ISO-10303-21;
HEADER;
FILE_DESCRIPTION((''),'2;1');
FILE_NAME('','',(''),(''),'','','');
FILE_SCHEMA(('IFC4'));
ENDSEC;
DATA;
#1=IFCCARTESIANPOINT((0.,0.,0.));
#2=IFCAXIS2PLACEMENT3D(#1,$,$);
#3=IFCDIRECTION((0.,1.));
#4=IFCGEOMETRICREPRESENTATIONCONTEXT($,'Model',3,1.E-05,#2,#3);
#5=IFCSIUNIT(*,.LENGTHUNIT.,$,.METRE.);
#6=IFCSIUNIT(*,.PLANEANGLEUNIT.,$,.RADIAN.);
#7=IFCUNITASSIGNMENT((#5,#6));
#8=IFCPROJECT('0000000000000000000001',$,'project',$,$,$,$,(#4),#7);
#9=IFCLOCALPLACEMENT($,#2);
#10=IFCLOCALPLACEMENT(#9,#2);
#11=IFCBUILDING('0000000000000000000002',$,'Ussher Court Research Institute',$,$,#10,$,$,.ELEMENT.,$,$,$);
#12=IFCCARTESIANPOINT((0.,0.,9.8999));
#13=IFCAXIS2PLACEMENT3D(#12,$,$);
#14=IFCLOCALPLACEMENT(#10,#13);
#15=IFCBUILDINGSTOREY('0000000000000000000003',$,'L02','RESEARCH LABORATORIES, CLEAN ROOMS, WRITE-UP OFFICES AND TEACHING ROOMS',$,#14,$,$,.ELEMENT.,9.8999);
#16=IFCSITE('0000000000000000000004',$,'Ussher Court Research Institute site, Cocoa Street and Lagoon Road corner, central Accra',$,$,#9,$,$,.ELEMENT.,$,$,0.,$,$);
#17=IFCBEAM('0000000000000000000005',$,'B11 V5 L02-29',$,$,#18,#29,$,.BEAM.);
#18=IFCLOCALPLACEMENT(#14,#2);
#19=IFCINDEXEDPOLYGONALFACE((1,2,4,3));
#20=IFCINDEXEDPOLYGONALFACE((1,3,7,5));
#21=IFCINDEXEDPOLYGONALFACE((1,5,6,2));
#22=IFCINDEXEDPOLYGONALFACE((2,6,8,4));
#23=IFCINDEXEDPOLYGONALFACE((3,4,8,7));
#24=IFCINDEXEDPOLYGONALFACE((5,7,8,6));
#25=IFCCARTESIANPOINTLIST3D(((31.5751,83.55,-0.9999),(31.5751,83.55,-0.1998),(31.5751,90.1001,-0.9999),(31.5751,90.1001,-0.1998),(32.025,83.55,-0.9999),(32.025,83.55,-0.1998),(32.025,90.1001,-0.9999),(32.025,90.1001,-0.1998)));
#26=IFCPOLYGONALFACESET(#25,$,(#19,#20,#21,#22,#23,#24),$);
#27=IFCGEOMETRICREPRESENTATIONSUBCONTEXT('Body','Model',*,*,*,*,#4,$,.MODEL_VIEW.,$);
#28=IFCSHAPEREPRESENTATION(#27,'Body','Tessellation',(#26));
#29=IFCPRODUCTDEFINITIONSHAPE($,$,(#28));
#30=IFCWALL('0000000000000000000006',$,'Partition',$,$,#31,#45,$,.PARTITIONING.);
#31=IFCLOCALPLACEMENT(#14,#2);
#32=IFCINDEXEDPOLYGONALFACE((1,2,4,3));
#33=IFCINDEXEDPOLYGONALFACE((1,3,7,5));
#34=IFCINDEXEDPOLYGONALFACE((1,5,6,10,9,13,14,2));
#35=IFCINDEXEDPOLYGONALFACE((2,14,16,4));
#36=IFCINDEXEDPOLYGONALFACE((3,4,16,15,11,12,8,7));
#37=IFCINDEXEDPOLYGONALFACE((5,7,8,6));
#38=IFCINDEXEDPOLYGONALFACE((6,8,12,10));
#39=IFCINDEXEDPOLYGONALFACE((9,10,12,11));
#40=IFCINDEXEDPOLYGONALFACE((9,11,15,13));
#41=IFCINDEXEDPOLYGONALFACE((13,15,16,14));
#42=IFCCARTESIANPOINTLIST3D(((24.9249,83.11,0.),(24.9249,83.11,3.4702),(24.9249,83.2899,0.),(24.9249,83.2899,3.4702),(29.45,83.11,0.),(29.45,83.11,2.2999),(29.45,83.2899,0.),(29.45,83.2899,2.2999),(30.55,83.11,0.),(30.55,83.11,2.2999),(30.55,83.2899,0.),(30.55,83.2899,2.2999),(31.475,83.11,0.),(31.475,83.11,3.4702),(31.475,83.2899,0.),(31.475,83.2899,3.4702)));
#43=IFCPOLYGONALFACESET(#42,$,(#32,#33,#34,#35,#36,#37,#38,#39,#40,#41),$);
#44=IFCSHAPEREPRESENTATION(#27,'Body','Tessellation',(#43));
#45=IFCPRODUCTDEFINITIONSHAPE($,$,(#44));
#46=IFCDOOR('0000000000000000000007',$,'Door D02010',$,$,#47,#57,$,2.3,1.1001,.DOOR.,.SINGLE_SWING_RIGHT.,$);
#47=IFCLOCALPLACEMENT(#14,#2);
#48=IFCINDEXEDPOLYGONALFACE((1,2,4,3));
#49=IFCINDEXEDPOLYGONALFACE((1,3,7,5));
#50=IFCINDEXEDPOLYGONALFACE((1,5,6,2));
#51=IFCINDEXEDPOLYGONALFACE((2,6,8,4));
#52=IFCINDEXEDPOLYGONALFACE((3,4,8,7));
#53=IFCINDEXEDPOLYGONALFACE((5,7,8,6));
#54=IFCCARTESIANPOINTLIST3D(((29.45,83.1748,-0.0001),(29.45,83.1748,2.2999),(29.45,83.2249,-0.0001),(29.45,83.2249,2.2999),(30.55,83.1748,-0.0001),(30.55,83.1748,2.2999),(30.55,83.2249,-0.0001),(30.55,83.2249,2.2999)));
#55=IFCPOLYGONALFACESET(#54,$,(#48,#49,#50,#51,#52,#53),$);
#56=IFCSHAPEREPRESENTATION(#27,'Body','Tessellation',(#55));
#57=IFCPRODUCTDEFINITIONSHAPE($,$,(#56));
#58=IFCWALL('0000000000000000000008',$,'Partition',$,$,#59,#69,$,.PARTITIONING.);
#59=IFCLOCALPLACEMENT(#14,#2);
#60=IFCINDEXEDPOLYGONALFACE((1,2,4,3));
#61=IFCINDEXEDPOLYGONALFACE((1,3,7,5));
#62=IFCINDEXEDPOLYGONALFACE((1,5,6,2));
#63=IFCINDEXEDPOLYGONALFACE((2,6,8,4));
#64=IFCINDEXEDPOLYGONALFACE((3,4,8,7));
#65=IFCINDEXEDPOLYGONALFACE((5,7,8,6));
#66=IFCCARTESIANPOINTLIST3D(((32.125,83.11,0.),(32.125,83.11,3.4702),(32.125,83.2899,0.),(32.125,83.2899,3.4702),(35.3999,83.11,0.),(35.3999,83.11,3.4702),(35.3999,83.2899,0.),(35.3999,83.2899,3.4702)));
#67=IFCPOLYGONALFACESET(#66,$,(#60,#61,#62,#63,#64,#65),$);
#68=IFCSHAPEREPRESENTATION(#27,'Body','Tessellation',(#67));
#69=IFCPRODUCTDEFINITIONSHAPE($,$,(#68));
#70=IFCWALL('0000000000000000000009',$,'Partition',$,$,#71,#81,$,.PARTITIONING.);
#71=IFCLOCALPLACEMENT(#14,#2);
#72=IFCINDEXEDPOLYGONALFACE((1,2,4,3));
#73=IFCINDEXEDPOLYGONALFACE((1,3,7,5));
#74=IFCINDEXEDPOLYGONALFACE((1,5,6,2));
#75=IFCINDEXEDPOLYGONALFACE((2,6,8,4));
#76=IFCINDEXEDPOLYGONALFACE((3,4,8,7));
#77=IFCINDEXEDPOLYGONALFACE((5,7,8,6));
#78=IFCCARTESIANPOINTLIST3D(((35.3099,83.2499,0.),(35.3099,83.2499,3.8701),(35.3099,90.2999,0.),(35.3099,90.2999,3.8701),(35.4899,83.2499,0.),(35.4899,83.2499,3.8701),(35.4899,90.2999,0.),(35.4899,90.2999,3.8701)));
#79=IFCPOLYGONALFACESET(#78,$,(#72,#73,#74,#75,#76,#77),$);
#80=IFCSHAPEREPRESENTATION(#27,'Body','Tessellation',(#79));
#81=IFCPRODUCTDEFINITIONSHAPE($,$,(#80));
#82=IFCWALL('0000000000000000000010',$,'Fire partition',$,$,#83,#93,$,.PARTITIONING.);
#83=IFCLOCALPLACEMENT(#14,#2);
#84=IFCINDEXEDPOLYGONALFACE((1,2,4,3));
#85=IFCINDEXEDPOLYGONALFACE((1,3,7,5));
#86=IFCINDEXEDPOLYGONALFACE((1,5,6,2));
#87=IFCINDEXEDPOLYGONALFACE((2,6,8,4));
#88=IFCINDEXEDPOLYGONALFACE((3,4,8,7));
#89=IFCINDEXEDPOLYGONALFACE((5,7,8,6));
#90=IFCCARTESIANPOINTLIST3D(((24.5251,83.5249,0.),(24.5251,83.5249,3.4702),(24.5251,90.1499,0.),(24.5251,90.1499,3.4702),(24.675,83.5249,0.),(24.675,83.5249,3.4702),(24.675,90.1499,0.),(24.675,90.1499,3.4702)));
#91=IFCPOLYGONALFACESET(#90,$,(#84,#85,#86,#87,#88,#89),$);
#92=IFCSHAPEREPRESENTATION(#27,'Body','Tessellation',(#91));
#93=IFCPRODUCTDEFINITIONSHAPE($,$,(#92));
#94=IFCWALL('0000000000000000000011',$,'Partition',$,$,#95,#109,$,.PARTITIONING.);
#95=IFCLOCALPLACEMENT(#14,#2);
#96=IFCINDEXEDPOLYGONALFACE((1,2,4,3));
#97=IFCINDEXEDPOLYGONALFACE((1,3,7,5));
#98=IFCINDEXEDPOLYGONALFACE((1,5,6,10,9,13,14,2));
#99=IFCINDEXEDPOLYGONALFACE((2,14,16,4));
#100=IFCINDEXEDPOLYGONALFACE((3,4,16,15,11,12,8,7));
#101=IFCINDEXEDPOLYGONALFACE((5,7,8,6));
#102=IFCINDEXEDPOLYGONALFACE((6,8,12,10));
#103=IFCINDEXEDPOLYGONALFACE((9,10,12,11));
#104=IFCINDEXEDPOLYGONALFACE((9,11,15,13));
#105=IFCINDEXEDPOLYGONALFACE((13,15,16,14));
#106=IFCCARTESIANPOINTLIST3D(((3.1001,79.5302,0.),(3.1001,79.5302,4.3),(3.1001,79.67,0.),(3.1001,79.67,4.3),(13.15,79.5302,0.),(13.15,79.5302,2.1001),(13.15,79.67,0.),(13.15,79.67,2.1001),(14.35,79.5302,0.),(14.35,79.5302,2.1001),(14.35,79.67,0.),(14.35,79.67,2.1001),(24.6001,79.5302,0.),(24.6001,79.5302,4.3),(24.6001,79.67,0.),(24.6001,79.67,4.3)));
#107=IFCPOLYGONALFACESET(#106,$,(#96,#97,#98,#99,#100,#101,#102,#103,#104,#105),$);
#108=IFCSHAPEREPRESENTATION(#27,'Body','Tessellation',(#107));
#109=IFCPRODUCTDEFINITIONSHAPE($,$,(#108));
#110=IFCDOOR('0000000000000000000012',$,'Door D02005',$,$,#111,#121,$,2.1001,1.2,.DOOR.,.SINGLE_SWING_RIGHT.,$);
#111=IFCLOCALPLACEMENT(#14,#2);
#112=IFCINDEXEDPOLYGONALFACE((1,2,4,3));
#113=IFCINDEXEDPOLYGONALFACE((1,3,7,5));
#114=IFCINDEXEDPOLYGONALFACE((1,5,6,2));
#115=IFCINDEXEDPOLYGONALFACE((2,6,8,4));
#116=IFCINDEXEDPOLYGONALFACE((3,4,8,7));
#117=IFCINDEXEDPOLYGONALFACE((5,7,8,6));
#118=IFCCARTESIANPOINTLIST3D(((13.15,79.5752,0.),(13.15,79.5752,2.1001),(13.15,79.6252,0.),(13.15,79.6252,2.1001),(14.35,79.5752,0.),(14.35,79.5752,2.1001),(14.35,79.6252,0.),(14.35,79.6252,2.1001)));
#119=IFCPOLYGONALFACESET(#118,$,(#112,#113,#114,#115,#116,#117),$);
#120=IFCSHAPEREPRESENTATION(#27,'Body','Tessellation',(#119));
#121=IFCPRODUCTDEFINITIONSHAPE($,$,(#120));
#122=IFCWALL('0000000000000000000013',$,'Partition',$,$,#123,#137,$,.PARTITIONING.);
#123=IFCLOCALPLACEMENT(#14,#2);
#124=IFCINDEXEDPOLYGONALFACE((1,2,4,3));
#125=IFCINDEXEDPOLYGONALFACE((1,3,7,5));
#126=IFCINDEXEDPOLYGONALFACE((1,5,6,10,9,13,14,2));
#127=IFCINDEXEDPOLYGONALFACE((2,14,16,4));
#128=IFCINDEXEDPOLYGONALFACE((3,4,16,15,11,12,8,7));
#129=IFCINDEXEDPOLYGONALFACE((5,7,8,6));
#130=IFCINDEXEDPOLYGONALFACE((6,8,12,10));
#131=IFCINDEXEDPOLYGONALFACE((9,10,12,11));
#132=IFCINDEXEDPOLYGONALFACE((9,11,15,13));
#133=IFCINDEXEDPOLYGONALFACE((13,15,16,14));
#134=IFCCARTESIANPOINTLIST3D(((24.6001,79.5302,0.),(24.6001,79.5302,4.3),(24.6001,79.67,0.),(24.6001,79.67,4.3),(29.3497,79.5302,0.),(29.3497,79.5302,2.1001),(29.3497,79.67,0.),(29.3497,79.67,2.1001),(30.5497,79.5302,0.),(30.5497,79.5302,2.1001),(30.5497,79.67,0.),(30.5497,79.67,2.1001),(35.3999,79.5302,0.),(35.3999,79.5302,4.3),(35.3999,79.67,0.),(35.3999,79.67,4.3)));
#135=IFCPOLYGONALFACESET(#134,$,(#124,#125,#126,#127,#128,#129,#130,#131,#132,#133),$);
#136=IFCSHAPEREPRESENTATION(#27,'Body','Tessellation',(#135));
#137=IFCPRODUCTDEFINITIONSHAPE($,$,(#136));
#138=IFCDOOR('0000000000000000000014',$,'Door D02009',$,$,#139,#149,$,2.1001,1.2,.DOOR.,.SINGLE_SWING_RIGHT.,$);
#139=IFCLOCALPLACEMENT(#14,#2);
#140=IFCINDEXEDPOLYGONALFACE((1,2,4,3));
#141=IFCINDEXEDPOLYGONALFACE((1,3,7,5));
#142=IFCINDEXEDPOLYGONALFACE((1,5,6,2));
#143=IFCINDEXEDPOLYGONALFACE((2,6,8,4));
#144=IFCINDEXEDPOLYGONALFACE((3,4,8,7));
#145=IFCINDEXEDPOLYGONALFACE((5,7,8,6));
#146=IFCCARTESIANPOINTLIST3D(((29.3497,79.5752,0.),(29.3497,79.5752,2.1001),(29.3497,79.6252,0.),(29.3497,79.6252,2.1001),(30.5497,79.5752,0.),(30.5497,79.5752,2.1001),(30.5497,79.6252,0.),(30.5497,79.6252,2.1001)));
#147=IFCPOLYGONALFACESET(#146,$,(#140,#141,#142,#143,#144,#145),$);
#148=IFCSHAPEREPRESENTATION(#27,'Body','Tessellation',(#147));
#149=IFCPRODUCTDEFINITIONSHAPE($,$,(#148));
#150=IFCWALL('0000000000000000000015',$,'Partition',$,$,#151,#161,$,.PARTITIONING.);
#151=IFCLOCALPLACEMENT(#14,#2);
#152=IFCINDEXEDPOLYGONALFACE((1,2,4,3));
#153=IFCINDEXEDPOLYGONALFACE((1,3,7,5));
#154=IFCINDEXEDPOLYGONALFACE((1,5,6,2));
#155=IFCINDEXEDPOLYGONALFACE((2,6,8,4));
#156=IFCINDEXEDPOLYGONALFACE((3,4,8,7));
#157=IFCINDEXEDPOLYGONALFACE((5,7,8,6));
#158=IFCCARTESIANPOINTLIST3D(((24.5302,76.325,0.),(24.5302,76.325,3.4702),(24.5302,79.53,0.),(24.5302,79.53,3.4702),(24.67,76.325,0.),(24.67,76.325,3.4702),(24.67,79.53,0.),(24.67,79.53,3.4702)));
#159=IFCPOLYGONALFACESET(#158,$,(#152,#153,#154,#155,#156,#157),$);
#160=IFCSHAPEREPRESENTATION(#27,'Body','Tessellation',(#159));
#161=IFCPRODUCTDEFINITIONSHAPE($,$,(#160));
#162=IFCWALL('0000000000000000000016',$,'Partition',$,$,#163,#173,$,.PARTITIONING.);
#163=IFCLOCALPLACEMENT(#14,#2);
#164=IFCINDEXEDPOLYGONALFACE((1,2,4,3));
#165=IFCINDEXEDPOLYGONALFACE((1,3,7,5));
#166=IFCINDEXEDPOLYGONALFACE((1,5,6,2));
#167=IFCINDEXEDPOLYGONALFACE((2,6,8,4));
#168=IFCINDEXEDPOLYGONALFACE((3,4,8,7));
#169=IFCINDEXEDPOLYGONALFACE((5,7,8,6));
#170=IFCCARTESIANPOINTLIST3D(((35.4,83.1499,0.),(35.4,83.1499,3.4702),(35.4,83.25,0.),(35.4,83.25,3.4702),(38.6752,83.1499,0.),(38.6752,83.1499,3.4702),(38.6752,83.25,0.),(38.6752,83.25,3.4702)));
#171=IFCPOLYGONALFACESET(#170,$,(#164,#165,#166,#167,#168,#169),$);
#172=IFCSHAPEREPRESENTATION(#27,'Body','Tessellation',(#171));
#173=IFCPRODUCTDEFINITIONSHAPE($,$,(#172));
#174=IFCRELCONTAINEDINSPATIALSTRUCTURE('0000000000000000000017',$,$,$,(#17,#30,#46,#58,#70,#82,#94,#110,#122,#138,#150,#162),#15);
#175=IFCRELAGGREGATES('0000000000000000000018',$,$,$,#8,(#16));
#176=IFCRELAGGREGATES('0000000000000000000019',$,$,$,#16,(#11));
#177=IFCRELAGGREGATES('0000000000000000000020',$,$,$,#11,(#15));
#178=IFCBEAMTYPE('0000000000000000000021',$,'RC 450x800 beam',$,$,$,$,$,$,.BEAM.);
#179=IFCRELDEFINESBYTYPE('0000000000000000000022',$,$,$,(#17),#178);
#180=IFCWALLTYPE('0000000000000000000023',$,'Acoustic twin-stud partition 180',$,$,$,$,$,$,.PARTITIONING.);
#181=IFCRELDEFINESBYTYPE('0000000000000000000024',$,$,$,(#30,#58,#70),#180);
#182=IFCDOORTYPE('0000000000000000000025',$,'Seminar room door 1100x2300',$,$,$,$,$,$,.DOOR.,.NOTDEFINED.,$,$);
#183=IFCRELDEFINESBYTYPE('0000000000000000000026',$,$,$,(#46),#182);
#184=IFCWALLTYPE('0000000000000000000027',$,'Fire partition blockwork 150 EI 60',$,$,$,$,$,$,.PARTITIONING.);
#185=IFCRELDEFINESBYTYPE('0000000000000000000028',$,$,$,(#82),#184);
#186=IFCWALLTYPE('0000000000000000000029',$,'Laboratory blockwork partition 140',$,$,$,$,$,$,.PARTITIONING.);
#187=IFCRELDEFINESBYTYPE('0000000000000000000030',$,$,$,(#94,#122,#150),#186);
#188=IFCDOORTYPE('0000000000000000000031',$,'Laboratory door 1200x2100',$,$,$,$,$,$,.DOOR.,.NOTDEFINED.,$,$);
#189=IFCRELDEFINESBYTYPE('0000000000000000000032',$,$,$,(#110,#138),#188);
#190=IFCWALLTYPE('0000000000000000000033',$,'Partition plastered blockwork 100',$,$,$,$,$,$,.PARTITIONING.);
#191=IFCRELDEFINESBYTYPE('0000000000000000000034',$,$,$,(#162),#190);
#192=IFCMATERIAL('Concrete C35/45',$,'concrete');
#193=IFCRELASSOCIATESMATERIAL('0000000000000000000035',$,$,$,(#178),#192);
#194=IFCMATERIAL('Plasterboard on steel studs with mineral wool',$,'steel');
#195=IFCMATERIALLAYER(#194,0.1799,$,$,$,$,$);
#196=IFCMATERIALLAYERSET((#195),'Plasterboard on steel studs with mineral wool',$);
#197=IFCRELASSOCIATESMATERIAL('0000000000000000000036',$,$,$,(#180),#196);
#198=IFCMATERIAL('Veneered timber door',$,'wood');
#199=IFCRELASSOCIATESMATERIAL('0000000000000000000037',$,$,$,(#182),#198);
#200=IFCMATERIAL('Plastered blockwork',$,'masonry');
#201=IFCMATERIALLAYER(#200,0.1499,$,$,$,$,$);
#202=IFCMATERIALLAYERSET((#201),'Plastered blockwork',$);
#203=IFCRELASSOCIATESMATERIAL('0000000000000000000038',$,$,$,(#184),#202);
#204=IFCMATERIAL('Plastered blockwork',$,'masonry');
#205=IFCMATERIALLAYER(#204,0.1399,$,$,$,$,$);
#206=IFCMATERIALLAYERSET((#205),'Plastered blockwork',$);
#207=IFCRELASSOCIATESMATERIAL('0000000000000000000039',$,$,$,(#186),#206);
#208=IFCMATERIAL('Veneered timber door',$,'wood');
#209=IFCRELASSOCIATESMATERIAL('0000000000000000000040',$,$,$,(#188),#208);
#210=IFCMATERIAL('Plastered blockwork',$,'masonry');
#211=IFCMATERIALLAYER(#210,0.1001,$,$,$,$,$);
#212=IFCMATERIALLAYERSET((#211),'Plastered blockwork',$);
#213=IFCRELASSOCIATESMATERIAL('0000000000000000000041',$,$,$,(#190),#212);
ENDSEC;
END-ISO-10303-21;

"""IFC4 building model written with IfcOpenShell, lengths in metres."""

from ifc_helpers import new_model, si_unit, direction, frame, frame_2d, origin, origin_2d, place, context, subcontext, project, spatial, rectangle, extrude, material, layer, layer_set, material_profile, profile_set, type_object, element, fill, save


model = new_model("IFC4")

# Units and contexts
model_context = context("Model", 3, precision=1e-05, world=origin(), true_north=direction((0.0, 1.0)))
body_context = subcontext(model_context, "Body", "Model", "MODEL_VIEW")
ifc_project = project(units=[si_unit("LENGTHUNIT", "METRE"), si_unit("PLANEANGLEUNIT", "RADIAN")], contexts=[model_context])

# Site, building, storey
site_placement = place(None, origin())
site = spatial("IfcSite", under=ifc_project, at=site_placement, Name="Ussher Court Research Institute site, Cocoa Street and Lagoon Road corner, central Accra", CompositionType="ELEMENT", RefElevation=0.0)
building_placement = place(site_placement, origin())
building = spatial("IfcBuilding", under=site, at=building_placement, Name="Ussher Court Research Institute", CompositionType="ELEMENT")
storey_placement = place(building_placement, frame((0.0, 0.0, 9.8999)))
storey = spatial("IfcBuildingStorey", under=building, at=storey_placement, Name="L02", Description="RESEARCH LABORATORIES, CLEAN ROOMS, WRITE-UP OFFICES AND TEACHING ROOMS", CompositionType="ELEMENT", Elevation=9.8999)

# Beam
ifc_material_1 = material(Name="Concrete C35/45", Category="concrete")
ifc_material_profile_1 = material_profile(ifc_material_1, rectangle(XDim=0.45, YDim=0.8, at=origin_2d()), Name="RC 450x800")
ifc_profile_set_1 = profile_set([ifc_material_profile_1], Name="Concrete C35/45")
beam_type_1 = type_object("IfcBeamType", Name="RC 450x800 beam", PredefinedType="BEAM", material=ifc_profile_set_1)
beam_1_placement = place(storey_placement, frame((31.8, 83.55, -0.5999), z_axis=(0.0, 1.0, 0.0), x_axis=(-1.0, 0.0, 0.0)))
element("IfcBeam", 1, at=beam_1_placement, inside=storey, type_object=beam_type_1, Name="B11 V5 L02-29", PredefinedType="BEAM", context=body_context, shape_type="SweptSolid", body=[
    extrude(rectangle(XDim=0.45, YDim=0.8, at=origin_2d()), origin(), (0.0, 0.0, 1.0), 6.55),
])

# Wall, opening, door
ifc_material_2 = material(Name="Plasterboard on steel studs with mineral wool", Category="steel")
ifc_layer_1 = layer(ifc_material_2, 0.1799)
ifc_layer_set_1 = layer_set([ifc_layer_1], Name="Plasterboard on steel studs with mineral wool")
wall_type_1 = type_object("IfcWallType", Name="Acoustic twin-stud partition 180", PredefinedType="PARTITIONING", material=ifc_layer_set_1)
wall_1_placement = place(storey_placement, frame((24.925, 83.2, 0.0), z_axis=(0.0, 0.0, 1.0), x_axis=(1.0, 0.0, 0.0)))
wall_1 = element("IfcWall", 2, at=wall_1_placement, inside=storey, type_object=wall_type_1, Name="Partition", PredefinedType="PARTITIONING", context=body_context, shape_type="SweptSolid", body=[
    extrude(rectangle(XDim=6.55, YDim=0.1799, at=frame_2d((3.2749, 0.0))), origin(), (0.0, 0.0, 1.0), 3.4702),
])
opening_1_placement = place(wall_1_placement, frame((4.5249, 0.0, 0.0)))
opening_1 = element("IfcOpeningElement", 3, at=opening_1_placement, cuts=wall_1, PredefinedType="OPENING", context=body_context, shape_type="SweptSolid", body=[
    extrude(rectangle(XDim=1.1001, YDim=2.3, at=frame_2d((0.55, 1.1499))), frame((0.0, 0.1001, 0.0), z_axis=(0.0, -1.0, 0.0), x_axis=(1.0, 0.0, 0.0)), (0.0, 0.0, 1.0), 0.2),
])
ifc_material_3 = material(Name="Veneered timber door", Category="wood")
door_type_1 = type_object("IfcDoorType", Name="Seminar room door 1100x2300", OperationType="NOTDEFINED", PredefinedType="DOOR", material=ifc_material_3)
door_1_placement = place(opening_1_placement, origin())
door_1 = element("IfcDoor", 4, at=door_1_placement, inside=storey, type_object=door_type_1, Name="Door D02010", OperationType="SINGLE_SWING_RIGHT", OverallHeight=2.3, OverallWidth=1.1001, PredefinedType="DOOR", context=body_context, shape_type="SweptSolid", body=[
    extrude(rectangle(XDim=1.1001, YDim=2.3, at=frame_2d((0.55, 1.1499))), frame((0.0, 0.0249, 0.0), z_axis=(0.0, -1.0, 0.0), x_axis=(1.0, 0.0, 0.0)), (0.0, 0.0, 1.0), 0.05),
])
fill(opening_1, door_1)

# Walls
wall_2_placement = place(storey_placement, frame((32.125, 83.2, 0.0), z_axis=(0.0, 0.0, 1.0), x_axis=(1.0, 0.0, 0.0)))
element("IfcWall", 5, at=wall_2_placement, inside=storey, type_object=wall_type_1, Name="Partition", PredefinedType="PARTITIONING", context=body_context, shape_type="SweptSolid", body=[
    extrude(rectangle(XDim=3.2749, YDim=0.1799, at=frame_2d((1.6375, 0.0))), origin(), (0.0, 0.0, 1.0), 3.4702),
])
wall_3_placement = place(storey_placement, frame((35.3999, 83.25, 0.0), z_axis=(0.0, 0.0, 1.0), x_axis=(0.0, 1.0, 0.0)))
element("IfcWall", 6, at=wall_3_placement, inside=storey, type_object=wall_type_1, Name="Partition", PredefinedType="PARTITIONING", context=body_context, shape_type="SweptSolid", body=[
    extrude(rectangle(XDim=7.05, YDim=0.1799, at=frame_2d((3.5249, 0.0))), origin(), (0.0, 0.0, 1.0), 3.8701),
])
ifc_material_4 = material(Name="Plastered blockwork", Category="masonry")
ifc_layer_2 = layer(ifc_material_4, 0.1499)
ifc_layer_set_2 = layer_set([ifc_layer_2], Name="Plastered blockwork")
wall_type_2 = type_object("IfcWallType", Name="Fire partition blockwork 150 EI 60", PredefinedType="PARTITIONING", material=ifc_layer_set_2)
wall_4_placement = place(storey_placement, frame((24.6001, 83.5249, 0.0), z_axis=(0.0, 0.0, 1.0), x_axis=(0.0, 1.0, 0.0)))
element("IfcWall", 7, at=wall_4_placement, inside=storey, type_object=wall_type_2, Name="Fire partition", PredefinedType="PARTITIONING", context=body_context, shape_type="SweptSolid", body=[
    extrude(rectangle(XDim=6.625, YDim=0.1499, at=frame_2d((3.3125, 0.0))), origin(), (0.0, 0.0, 1.0), 3.4702),
])

# Walls, openings, doors
ifc_material_5 = material(Name="Plastered blockwork", Category="masonry")
ifc_layer_3 = layer(ifc_material_5, 0.1399)
ifc_layer_set_3 = layer_set([ifc_layer_3], Name="Plastered blockwork")
wall_type_3 = type_object("IfcWallType", Name="Laboratory blockwork partition 140", PredefinedType="PARTITIONING", material=ifc_layer_set_3)
wall_5_placement = place(storey_placement, frame((24.6001, 79.6001, 0.0), z_axis=(0.0, 0.0, 1.0), x_axis=(-1.0, 0.0, 0.0)))
wall_5 = element("IfcWall", 8, at=wall_5_placement, inside=storey, type_object=wall_type_3, Name="Partition", PredefinedType="PARTITIONING", context=body_context, shape_type="SweptSolid", body=[
    extrude(rectangle(XDim=21.5, YDim=0.1399, at=frame_2d((10.75, 0.0))), origin(), (0.0, 0.0, 1.0), 4.3),
])
opening_2_placement = place(wall_5_placement, frame((10.25, 0.0, 0.0)))
opening_2 = element("IfcOpeningElement", 9, at=opening_2_placement, cuts=wall_5, PredefinedType="OPENING", context=body_context, shape_type="SweptSolid", body=[
    extrude(rectangle(XDim=1.2, YDim=2.1001, at=frame_2d((0.6001, 1.05))), frame((0.0, 0.0801, 0.0), z_axis=(0.0, -1.0, 0.0), x_axis=(1.0, 0.0, 0.0)), (0.0, 0.0, 1.0), 0.1599),
])
ifc_material_6 = material(Name="Veneered timber door", Category="wood")
door_type_2 = type_object("IfcDoorType", Name="Laboratory door 1200x2100", OperationType="NOTDEFINED", PredefinedType="DOOR", material=ifc_material_6)
door_2_placement = place(opening_2_placement, origin())
door_2 = element("IfcDoor", 10, at=door_2_placement, inside=storey, type_object=door_type_2, Name="Door D02005", OperationType="SINGLE_SWING_RIGHT", OverallHeight=2.1001, OverallWidth=1.2, PredefinedType="DOOR", context=body_context, shape_type="SweptSolid", body=[
    extrude(rectangle(XDim=1.2, YDim=2.1001, at=frame_2d((0.6001, 1.05))), frame((0.0, 0.0249, 0.0), z_axis=(0.0, -1.0, 0.0), x_axis=(1.0, 0.0, 0.0)), (0.0, 0.0, 1.0), 0.05),
])
fill(opening_2, door_2)
wall_6_placement = place(storey_placement, frame((35.3999, 79.6001, 0.0), z_axis=(0.0, 0.0, 1.0), x_axis=(-1.0, 0.0, 0.0)))
wall_6 = element("IfcWall", 11, at=wall_6_placement, inside=storey, type_object=wall_type_3, Name="Partition", PredefinedType="PARTITIONING", context=body_context, shape_type="SweptSolid", body=[
    extrude(rectangle(XDim=10.7998, YDim=0.1399, at=frame_2d((5.3999, 0.0))), origin(), (0.0, 0.0, 1.0), 4.3),
])
opening_3_placement = place(wall_6_placement, frame((4.8501, 0.0, 0.0)))
opening_3 = element("IfcOpeningElement", 12, at=opening_3_placement, cuts=wall_6, PredefinedType="OPENING", context=body_context, shape_type="SweptSolid", body=[
    extrude(rectangle(XDim=1.2, YDim=2.1001, at=frame_2d((0.6001, 1.05))), frame((0.0, 0.0801, 0.0), z_axis=(0.0, -1.0, 0.0), x_axis=(1.0, 0.0, 0.0)), (0.0, 0.0, 1.0), 0.1599),
])
door_3_placement = place(opening_3_placement, origin())
door_3 = element("IfcDoor", 13, at=door_3_placement, inside=storey, type_object=door_type_2, Name="Door D02009", OperationType="SINGLE_SWING_RIGHT", OverallHeight=2.1001, OverallWidth=1.2, PredefinedType="DOOR", context=body_context, shape_type="SweptSolid", body=[
    extrude(rectangle(XDim=1.2, YDim=2.1001, at=frame_2d((0.6001, 1.05))), frame((0.0, 0.0249, 0.0), z_axis=(0.0, -1.0, 0.0), x_axis=(1.0, 0.0, 0.0)), (0.0, 0.0, 1.0), 0.05),
])
fill(opening_3, door_3)

# Walls
wall_7_placement = place(storey_placement, frame((24.6001, 76.325, 0.0), z_axis=(0.0, 0.0, 1.0), x_axis=(0.0, 1.0, 0.0)))
element("IfcWall", 14, at=wall_7_placement, inside=storey, type_object=wall_type_3, Name="Partition", PredefinedType="PARTITIONING", context=body_context, shape_type="SweptSolid", body=[
    extrude(rectangle(XDim=3.2051, YDim=0.1399, at=frame_2d((1.6025, 0.0))), origin(), (0.0, 0.0, 1.0), 3.4702),
])
ifc_material_7 = material(Name="Plastered blockwork", Category="masonry")
ifc_layer_4 = layer(ifc_material_7, 0.1001)
ifc_layer_set_4 = layer_set([ifc_layer_4], Name="Plastered blockwork")
wall_type_4 = type_object("IfcWallType", Name="Partition plastered blockwork 100", PredefinedType="PARTITIONING", material=ifc_layer_set_4)
wall_8_placement = place(storey_placement, frame((35.3999, 83.2, 0.0), z_axis=(0.0, 0.0, 1.0), x_axis=(1.0, 0.0, 0.0)))
element("IfcWall", 15, at=wall_8_placement, inside=storey, type_object=wall_type_4, Name="Partition", PredefinedType="PARTITIONING", context=body_context, shape_type="SweptSolid", body=[
    extrude(rectangle(XDim=3.2751, YDim=0.1001, at=frame_2d((1.6377, 0.0))), origin(), (0.0, 0.0, 1.0), 3.4702),
])

save(model, "model.ifc")
